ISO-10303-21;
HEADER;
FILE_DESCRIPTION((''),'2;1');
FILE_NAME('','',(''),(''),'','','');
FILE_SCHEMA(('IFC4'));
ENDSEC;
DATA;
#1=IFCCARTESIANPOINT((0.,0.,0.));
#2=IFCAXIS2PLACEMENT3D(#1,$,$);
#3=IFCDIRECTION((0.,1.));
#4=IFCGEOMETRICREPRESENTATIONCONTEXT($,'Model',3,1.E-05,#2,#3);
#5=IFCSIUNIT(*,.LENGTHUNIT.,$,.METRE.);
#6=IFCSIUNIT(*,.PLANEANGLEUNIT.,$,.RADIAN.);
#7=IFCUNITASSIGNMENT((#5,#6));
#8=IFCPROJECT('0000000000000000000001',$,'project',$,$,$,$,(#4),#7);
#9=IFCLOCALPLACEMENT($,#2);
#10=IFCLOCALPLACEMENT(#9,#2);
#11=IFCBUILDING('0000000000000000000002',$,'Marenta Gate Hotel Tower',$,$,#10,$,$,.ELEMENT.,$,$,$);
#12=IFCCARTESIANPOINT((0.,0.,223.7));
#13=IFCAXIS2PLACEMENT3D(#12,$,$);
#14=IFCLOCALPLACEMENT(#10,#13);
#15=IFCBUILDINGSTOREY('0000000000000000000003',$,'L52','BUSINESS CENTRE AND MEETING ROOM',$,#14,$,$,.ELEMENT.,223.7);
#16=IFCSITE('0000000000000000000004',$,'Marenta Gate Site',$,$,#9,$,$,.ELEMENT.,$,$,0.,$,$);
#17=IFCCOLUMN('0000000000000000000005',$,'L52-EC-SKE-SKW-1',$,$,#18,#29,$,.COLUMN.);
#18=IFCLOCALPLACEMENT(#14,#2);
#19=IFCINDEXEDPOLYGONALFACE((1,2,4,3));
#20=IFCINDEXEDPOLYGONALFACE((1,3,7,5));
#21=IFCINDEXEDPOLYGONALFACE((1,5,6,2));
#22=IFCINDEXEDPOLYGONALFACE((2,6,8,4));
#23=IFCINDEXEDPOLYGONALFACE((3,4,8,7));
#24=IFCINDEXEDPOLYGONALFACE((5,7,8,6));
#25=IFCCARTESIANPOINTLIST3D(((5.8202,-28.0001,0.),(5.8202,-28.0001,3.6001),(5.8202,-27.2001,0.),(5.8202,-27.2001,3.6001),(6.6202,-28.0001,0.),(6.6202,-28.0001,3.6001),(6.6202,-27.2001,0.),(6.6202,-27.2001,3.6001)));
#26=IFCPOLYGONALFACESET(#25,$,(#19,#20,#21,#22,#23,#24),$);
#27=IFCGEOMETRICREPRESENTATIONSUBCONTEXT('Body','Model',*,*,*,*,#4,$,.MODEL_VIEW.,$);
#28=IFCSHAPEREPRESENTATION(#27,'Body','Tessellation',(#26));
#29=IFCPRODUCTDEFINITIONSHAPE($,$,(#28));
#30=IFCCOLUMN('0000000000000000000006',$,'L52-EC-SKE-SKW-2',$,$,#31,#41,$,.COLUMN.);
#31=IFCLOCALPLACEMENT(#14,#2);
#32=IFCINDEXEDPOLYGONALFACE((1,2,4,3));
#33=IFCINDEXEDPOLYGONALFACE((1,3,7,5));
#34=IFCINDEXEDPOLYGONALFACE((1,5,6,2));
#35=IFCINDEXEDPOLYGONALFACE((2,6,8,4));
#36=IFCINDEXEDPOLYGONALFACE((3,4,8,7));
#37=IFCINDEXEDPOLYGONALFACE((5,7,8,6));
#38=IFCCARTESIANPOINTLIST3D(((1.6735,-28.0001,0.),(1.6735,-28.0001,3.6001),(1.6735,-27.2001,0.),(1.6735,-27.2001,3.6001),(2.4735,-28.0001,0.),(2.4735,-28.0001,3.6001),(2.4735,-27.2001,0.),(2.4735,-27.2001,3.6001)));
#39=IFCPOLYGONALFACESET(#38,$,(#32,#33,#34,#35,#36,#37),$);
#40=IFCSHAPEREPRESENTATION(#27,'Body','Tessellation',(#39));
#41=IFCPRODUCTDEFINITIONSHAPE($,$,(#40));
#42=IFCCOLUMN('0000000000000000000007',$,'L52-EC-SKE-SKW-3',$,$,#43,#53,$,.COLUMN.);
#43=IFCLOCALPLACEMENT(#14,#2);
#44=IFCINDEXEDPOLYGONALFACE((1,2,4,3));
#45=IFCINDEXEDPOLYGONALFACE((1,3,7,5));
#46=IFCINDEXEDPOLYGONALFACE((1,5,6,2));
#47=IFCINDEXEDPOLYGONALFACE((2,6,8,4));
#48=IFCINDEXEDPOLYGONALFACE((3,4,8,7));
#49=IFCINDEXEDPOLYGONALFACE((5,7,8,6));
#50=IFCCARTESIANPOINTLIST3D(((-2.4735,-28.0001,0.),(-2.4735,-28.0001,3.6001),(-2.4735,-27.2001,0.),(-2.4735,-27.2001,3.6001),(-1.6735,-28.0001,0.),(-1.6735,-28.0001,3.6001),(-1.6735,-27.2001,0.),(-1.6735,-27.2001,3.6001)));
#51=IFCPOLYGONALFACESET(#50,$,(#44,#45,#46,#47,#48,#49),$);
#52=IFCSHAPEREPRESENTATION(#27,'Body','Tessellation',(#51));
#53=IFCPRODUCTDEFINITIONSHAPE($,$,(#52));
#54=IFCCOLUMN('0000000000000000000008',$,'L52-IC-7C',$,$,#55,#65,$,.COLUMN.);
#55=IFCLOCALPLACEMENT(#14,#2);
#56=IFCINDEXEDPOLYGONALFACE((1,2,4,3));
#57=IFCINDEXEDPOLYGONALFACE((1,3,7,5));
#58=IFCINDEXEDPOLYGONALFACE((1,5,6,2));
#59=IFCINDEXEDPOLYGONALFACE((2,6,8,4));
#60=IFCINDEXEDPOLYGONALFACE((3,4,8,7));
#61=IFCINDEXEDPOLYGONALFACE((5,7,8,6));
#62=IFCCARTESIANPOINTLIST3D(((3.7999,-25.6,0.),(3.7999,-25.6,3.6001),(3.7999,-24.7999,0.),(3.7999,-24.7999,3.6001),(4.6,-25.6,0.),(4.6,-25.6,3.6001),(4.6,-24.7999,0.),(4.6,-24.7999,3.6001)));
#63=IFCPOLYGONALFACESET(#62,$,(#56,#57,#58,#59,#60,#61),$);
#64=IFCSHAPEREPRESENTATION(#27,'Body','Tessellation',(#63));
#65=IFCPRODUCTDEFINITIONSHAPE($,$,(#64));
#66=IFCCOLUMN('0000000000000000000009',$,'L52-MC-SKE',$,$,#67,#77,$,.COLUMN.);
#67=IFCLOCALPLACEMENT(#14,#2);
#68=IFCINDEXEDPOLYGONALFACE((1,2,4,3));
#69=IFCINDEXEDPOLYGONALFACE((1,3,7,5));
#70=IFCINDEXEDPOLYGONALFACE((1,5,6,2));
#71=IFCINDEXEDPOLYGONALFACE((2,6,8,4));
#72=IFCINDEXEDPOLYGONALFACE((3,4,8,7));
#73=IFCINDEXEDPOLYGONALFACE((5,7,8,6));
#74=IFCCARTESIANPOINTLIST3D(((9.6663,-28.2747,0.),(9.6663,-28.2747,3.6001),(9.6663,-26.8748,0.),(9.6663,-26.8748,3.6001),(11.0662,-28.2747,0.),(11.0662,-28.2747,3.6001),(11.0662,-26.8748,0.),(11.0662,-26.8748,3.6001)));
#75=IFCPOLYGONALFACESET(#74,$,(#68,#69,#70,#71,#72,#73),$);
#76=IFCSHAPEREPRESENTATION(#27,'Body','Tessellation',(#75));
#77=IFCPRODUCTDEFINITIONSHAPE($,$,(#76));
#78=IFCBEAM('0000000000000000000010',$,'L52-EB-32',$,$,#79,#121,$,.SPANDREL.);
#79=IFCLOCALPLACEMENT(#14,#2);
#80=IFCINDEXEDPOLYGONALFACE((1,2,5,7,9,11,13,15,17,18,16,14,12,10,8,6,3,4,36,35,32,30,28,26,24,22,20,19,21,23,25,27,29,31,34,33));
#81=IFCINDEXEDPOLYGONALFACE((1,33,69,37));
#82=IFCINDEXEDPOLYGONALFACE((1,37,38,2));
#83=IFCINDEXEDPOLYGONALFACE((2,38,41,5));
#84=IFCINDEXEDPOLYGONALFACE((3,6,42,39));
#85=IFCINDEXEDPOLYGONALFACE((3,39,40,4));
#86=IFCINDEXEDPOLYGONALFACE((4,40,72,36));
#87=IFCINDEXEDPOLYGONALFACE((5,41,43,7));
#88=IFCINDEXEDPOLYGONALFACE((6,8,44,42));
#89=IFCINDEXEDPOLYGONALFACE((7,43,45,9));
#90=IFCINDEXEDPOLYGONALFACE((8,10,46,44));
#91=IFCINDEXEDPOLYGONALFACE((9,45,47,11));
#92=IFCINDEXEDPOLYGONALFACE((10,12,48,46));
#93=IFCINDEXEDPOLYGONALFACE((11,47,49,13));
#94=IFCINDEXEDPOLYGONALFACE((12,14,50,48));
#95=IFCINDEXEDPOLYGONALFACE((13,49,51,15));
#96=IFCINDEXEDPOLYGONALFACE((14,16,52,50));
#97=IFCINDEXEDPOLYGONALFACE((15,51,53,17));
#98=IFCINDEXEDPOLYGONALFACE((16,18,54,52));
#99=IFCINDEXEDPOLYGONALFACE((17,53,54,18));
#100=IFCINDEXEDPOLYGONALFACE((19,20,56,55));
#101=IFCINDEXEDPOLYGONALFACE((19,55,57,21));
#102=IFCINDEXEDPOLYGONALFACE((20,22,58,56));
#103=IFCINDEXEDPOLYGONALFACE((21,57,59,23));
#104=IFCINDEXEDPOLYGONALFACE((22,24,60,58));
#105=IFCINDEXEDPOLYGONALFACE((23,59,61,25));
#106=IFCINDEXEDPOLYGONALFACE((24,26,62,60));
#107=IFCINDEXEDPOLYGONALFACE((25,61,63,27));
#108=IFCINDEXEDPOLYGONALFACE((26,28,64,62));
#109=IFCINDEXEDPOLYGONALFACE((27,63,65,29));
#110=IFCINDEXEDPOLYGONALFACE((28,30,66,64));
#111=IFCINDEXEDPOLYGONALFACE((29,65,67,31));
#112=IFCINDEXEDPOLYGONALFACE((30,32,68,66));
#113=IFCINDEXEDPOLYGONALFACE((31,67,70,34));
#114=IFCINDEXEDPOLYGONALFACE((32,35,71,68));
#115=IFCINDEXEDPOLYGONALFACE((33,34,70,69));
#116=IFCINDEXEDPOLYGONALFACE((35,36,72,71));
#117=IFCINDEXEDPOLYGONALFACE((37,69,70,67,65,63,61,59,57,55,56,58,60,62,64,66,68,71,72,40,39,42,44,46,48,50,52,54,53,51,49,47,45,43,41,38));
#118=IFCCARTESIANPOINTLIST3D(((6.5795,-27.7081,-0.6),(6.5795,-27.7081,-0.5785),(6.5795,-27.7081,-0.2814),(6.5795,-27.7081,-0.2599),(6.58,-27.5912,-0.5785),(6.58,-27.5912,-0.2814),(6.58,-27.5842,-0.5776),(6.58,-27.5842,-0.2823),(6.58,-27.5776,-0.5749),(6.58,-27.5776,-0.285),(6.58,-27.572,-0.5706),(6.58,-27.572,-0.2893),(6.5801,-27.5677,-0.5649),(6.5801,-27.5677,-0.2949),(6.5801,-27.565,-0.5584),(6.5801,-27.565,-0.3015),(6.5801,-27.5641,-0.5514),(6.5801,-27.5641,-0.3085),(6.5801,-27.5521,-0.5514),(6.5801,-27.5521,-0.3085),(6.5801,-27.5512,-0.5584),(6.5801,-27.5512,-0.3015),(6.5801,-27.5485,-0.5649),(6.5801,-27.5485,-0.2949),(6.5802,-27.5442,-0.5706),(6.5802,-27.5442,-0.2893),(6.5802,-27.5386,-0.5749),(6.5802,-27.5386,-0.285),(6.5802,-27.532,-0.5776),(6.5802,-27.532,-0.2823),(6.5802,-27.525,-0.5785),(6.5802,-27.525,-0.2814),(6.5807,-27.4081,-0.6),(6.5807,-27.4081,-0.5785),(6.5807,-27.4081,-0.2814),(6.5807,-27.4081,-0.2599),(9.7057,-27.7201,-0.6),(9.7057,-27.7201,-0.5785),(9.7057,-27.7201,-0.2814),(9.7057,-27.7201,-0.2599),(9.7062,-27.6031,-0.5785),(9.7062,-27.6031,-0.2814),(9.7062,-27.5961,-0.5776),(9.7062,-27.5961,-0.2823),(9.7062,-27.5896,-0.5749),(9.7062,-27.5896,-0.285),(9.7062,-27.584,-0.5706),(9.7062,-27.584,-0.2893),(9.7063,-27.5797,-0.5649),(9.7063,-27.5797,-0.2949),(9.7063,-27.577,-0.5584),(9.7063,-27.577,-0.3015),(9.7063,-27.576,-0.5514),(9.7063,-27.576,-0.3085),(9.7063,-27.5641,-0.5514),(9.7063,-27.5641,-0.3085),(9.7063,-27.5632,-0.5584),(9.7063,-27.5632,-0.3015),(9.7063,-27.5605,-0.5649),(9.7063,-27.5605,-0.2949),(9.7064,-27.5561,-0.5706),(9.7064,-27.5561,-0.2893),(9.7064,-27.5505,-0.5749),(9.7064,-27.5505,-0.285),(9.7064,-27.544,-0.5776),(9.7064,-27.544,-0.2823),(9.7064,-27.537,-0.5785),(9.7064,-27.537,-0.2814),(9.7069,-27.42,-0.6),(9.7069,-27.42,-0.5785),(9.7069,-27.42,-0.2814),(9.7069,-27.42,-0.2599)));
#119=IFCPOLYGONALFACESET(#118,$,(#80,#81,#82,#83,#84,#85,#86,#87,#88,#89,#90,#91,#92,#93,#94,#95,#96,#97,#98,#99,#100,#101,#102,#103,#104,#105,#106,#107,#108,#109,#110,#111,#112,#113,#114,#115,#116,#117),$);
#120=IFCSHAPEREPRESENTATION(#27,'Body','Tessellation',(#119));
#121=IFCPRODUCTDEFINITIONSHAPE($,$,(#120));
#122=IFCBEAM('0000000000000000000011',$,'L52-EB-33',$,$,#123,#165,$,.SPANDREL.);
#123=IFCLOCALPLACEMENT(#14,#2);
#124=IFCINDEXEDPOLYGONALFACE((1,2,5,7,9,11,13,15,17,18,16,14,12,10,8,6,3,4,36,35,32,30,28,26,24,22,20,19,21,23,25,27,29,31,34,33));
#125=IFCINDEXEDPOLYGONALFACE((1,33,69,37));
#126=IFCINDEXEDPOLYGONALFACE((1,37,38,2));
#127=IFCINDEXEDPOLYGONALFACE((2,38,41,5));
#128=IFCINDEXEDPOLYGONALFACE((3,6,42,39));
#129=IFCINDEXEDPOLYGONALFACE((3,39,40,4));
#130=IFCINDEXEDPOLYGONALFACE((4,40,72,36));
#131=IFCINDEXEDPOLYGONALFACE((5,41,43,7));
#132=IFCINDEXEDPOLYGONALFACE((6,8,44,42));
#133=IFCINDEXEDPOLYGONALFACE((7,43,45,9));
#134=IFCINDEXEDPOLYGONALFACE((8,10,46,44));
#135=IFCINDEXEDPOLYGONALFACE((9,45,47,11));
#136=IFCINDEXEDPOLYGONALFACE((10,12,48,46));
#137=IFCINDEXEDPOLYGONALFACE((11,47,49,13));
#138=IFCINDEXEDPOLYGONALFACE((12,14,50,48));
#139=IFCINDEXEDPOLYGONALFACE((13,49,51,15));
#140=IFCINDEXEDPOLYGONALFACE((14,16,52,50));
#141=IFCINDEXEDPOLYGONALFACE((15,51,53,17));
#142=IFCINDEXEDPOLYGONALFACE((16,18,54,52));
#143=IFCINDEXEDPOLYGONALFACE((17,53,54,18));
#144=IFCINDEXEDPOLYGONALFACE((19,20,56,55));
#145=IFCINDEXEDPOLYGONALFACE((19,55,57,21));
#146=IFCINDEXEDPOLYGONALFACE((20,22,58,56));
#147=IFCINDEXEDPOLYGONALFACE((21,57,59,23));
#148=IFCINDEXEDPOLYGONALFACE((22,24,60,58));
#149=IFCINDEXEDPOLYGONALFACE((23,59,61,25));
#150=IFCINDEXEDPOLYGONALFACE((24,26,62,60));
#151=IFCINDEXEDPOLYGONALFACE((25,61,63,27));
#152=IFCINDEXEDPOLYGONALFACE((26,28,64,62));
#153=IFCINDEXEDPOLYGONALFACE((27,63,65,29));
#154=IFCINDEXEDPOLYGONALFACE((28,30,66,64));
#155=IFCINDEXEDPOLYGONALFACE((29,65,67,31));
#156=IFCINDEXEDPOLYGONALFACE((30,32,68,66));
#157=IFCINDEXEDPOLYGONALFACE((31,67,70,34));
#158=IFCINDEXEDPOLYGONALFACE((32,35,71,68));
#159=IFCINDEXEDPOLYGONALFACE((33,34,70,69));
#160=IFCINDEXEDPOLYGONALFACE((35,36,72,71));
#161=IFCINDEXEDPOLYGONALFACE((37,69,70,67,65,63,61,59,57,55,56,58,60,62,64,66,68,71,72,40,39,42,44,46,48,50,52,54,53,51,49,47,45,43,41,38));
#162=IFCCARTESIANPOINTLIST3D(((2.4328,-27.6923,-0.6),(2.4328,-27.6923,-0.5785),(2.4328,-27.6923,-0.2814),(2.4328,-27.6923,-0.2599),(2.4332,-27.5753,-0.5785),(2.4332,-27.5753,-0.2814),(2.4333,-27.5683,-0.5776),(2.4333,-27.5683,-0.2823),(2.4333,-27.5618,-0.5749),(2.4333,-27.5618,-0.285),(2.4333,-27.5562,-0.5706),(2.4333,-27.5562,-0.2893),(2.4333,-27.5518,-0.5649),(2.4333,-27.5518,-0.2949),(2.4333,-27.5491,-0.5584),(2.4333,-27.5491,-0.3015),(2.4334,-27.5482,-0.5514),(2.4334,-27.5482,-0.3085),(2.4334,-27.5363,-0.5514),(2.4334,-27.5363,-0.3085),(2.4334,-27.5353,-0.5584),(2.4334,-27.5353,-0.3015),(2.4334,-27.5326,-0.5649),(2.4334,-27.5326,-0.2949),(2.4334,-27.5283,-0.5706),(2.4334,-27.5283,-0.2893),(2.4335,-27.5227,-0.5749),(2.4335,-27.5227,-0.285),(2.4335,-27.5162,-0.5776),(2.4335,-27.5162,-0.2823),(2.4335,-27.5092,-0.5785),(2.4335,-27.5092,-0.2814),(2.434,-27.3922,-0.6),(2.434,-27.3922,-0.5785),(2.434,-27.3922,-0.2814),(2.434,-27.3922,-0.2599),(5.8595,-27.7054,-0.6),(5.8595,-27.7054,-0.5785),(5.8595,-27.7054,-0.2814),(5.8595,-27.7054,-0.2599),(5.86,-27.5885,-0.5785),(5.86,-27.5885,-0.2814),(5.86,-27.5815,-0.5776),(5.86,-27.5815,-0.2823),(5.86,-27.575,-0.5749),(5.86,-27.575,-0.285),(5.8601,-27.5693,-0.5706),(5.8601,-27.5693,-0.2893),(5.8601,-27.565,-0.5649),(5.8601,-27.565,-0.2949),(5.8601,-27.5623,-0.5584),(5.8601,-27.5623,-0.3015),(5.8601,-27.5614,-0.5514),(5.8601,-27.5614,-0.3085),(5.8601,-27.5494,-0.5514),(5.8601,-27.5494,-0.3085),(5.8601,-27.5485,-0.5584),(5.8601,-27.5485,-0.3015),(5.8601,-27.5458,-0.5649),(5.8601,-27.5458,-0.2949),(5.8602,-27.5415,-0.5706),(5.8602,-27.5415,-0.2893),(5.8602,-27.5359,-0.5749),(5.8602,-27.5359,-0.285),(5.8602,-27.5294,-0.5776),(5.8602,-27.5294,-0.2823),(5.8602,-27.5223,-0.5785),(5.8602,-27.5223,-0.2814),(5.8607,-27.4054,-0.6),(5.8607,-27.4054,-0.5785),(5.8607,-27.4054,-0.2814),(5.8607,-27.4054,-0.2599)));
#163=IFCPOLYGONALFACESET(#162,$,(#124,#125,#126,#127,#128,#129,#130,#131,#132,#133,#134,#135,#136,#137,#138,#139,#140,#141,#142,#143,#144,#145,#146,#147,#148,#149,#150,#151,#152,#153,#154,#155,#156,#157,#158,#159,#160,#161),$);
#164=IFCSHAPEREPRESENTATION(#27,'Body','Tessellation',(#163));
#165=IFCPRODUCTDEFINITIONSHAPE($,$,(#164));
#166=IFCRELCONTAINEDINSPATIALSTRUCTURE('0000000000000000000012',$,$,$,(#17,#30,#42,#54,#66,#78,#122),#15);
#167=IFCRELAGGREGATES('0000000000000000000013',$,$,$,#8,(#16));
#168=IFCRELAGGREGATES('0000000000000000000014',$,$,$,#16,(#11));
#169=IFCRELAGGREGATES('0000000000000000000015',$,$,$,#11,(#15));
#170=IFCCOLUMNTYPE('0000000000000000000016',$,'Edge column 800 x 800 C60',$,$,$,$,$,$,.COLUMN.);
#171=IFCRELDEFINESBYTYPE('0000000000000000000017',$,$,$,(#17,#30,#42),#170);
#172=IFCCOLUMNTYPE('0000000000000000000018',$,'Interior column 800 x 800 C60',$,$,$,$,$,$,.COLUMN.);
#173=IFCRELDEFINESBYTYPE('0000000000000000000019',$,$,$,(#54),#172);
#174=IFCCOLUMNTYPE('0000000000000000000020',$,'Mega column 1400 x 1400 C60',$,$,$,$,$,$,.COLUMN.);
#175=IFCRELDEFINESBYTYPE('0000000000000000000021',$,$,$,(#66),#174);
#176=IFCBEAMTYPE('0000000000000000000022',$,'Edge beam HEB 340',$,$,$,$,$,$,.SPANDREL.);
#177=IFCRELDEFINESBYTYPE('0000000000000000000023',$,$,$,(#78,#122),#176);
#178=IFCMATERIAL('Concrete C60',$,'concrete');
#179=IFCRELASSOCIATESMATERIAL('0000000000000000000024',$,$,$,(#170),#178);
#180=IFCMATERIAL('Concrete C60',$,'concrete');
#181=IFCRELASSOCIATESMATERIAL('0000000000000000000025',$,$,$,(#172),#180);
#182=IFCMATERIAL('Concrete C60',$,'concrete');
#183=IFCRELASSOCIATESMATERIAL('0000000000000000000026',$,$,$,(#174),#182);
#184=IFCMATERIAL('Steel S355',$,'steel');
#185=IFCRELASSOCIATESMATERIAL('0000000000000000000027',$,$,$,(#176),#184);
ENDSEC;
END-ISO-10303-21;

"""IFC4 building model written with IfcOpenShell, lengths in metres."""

from ifc_helpers import new_model, si_unit, direction, frame, origin, origin_2d, place, context, subcontext, project, spatial, rectangle, i_section, extrude, material, material_profile, profile_set, type_object, element, save


model = new_model("IFC4")

# Units and contexts
model_context = context("Model", 3, precision=1e-05, world=origin(), true_north=direction((0.0, 1.0)))
body_context = subcontext(model_context, "Body", "Model", "MODEL_VIEW")
ifc_project = project(units=[si_unit("LENGTHUNIT", "METRE"), si_unit("PLANEANGLEUNIT", "RADIAN")], contexts=[model_context])

# Site, building, storey
site_placement = place(None, origin())
site = spatial("IfcSite", under=ifc_project, at=site_placement, Name="Marenta Gate Site", CompositionType="ELEMENT", RefElevation=0.0)
building_placement = place(site_placement, origin())
building = spatial("IfcBuilding", under=site, at=building_placement, Name="Marenta Gate Hotel Tower", CompositionType="ELEMENT")
storey_placement = place(building_placement, frame((0.0, 0.0, 223.7)))
storey = spatial("IfcBuildingStorey", under=building, at=storey_placement, Name="L52", Description="BUSINESS CENTRE AND MEETING ROOM", CompositionType="ELEMENT", Elevation=223.7)

# Columns
ifc_material_1 = material(Name="Concrete C60", Category="concrete")
ifc_material_profile_1 = material_profile(ifc_material_1, rectangle(XDim=0.8, YDim=0.8, at=origin_2d()), Name="800 x 800")
ifc_profile_set_1 = profile_set([ifc_material_profile_1], Name="Concrete C60")
column_type_1 = type_object("IfcColumnType", Name="Edge column 800 x 800 C60", PredefinedType="COLUMN", material=ifc_profile_set_1)
for number, where, z_axis, x_axis, name in (
    (1, (6.2202, -27.6001, 0.0), (0.0, 0.0, 1.0), (1.0, 0.0, 0.0), "L52-EC-SKE-SKW-1"),
    (2, (2.0735, -27.6001, 0.0), (0.0, 0.0, 1.0), (1.0, 0.0, 0.0), "L52-EC-SKE-SKW-2"),
    (3, (-2.0735, -27.6001, 0.0), (0.0, 0.0, 1.0), (1.0, 0.0, 0.0), "L52-EC-SKE-SKW-3"),
):
    element("IfcColumn", number, at=place(storey_placement, frame(where, z_axis=z_axis, x_axis=x_axis)), inside=storey, type_object=column_type_1, Name=name, PredefinedType="COLUMN", context=body_context, shape_type="SweptSolid", body=[
        extrude(rectangle(XDim=0.8, YDim=0.8, at=origin_2d()), origin(), (0.0, 0.0, 1.0), 3.6001),
    ])
ifc_material_2 = material(Name="Concrete C60", Category="concrete")
ifc_material_profile_2 = material_profile(ifc_material_2, rectangle(XDim=0.8, YDim=0.8, at=origin_2d()), Name="800 x 800")
ifc_profile_set_2 = profile_set([ifc_material_profile_2], Name="Concrete C60")
column_type_2 = type_object("IfcColumnType", Name="Interior column 800 x 800 C60", PredefinedType="COLUMN", material=ifc_profile_set_2)
column_1_placement = place(storey_placement, frame((4.2, -25.2, 0.0), z_axis=(0.0, 0.0, 1.0), x_axis=(1.0, 0.0, 0.0)))
element("IfcColumn", 4, at=column_1_placement, inside=storey, type_object=column_type_2, Name="L52-IC-7C", PredefinedType="COLUMN", context=body_context, shape_type="SweptSolid", body=[
    extrude(rectangle(XDim=0.8, YDim=0.8, at=origin_2d()), origin(), (0.0, 0.0, 1.0), 3.6001),
])
ifc_material_3 = material(Name="Concrete C60", Category="concrete")
ifc_material_profile_3 = material_profile(ifc_material_3, rectangle(XDim=1.3999, YDim=1.3999, at=origin_2d()), Name="1400 x 1400")
ifc_profile_set_3 = profile_set([ifc_material_profile_3], Name="Concrete C60")
column_type_3 = type_object("IfcColumnType", Name="Mega column 1400 x 1400 C60", PredefinedType="COLUMN", material=ifc_profile_set_3)
column_2_placement = place(storey_placement, frame((10.3662, -27.5747, 0.0), z_axis=(0.0, 0.0, 1.0), x_axis=(1.0, 0.0, 0.0)))
element("IfcColumn", 5, at=column_2_placement, inside=storey, type_object=column_type_3, Name="L52-MC-SKE", PredefinedType="COLUMN", context=body_context, shape_type="SweptSolid", body=[
    extrude(rectangle(XDim=1.3999, YDim=1.3999, at=origin_2d()), origin(), (0.0, 0.0, 1.0), 3.6001),
])

# Beams
ifc_material_4 = material(Name="Steel S355", Category="steel")
ifc_material_profile_4 = material_profile(ifc_material_4, i_section(OverallWidth=0.3, OverallDepth=0.3401, WebThickness=0.012, FlangeThickness=0.0215, FilletRadius=0.0271, at=origin_2d()), Name="HEB 340")
ifc_profile_set_4 = profile_set([ifc_material_profile_4], Name="Steel S355")
beam_type_1 = type_object("IfcBeamType", Name="Edge beam HEB 340", PredefinedType="SPANDREL", material=ifc_profile_set_4)
beam_1_placement = place(storey_placement, frame((9.7063, -27.5701, -0.4299), z_axis=(-0.999993, 0.003827, 0.0), x_axis=(-0.003827, -0.999993, 0.0)))
element("IfcBeam", 6, at=beam_1_placement, inside=storey, type_object=beam_type_1, Name="L52-EB-32", PredefinedType="SPANDREL", context=body_context, shape_type="SweptSolid", body=[
    extrude(i_section(OverallWidth=0.3, OverallDepth=0.3401, WebThickness=0.012, FlangeThickness=0.0215, FilletRadius=0.0271, at=origin_2d()), origin(), (0.0, 0.0, 1.0), 3.1262),
])
for number, where, z_axis, x_axis, name in (
    (7, (5.8601, -27.5554, -0.4299), (-0.999993, 0.003847, 0.0), (-0.003847, -0.999993, 0.0), "L52-EB-33"),
):
    element("IfcBeam", number, at=place(storey_placement, frame(where, z_axis=z_axis, x_axis=x_axis)), inside=storey, type_object=beam_type_1, Name=name, PredefinedType="SPANDREL", context=body_context, shape_type="SweptSolid", body=[
        extrude(i_section(OverallWidth=0.3, OverallDepth=0.3401, WebThickness=0.012, FlangeThickness=0.0215, FilletRadius=0.0271, at=origin_2d()), origin(), (0.0, 0.0, 1.0), 3.4268),
    ])

save(model, "model.ifc")
